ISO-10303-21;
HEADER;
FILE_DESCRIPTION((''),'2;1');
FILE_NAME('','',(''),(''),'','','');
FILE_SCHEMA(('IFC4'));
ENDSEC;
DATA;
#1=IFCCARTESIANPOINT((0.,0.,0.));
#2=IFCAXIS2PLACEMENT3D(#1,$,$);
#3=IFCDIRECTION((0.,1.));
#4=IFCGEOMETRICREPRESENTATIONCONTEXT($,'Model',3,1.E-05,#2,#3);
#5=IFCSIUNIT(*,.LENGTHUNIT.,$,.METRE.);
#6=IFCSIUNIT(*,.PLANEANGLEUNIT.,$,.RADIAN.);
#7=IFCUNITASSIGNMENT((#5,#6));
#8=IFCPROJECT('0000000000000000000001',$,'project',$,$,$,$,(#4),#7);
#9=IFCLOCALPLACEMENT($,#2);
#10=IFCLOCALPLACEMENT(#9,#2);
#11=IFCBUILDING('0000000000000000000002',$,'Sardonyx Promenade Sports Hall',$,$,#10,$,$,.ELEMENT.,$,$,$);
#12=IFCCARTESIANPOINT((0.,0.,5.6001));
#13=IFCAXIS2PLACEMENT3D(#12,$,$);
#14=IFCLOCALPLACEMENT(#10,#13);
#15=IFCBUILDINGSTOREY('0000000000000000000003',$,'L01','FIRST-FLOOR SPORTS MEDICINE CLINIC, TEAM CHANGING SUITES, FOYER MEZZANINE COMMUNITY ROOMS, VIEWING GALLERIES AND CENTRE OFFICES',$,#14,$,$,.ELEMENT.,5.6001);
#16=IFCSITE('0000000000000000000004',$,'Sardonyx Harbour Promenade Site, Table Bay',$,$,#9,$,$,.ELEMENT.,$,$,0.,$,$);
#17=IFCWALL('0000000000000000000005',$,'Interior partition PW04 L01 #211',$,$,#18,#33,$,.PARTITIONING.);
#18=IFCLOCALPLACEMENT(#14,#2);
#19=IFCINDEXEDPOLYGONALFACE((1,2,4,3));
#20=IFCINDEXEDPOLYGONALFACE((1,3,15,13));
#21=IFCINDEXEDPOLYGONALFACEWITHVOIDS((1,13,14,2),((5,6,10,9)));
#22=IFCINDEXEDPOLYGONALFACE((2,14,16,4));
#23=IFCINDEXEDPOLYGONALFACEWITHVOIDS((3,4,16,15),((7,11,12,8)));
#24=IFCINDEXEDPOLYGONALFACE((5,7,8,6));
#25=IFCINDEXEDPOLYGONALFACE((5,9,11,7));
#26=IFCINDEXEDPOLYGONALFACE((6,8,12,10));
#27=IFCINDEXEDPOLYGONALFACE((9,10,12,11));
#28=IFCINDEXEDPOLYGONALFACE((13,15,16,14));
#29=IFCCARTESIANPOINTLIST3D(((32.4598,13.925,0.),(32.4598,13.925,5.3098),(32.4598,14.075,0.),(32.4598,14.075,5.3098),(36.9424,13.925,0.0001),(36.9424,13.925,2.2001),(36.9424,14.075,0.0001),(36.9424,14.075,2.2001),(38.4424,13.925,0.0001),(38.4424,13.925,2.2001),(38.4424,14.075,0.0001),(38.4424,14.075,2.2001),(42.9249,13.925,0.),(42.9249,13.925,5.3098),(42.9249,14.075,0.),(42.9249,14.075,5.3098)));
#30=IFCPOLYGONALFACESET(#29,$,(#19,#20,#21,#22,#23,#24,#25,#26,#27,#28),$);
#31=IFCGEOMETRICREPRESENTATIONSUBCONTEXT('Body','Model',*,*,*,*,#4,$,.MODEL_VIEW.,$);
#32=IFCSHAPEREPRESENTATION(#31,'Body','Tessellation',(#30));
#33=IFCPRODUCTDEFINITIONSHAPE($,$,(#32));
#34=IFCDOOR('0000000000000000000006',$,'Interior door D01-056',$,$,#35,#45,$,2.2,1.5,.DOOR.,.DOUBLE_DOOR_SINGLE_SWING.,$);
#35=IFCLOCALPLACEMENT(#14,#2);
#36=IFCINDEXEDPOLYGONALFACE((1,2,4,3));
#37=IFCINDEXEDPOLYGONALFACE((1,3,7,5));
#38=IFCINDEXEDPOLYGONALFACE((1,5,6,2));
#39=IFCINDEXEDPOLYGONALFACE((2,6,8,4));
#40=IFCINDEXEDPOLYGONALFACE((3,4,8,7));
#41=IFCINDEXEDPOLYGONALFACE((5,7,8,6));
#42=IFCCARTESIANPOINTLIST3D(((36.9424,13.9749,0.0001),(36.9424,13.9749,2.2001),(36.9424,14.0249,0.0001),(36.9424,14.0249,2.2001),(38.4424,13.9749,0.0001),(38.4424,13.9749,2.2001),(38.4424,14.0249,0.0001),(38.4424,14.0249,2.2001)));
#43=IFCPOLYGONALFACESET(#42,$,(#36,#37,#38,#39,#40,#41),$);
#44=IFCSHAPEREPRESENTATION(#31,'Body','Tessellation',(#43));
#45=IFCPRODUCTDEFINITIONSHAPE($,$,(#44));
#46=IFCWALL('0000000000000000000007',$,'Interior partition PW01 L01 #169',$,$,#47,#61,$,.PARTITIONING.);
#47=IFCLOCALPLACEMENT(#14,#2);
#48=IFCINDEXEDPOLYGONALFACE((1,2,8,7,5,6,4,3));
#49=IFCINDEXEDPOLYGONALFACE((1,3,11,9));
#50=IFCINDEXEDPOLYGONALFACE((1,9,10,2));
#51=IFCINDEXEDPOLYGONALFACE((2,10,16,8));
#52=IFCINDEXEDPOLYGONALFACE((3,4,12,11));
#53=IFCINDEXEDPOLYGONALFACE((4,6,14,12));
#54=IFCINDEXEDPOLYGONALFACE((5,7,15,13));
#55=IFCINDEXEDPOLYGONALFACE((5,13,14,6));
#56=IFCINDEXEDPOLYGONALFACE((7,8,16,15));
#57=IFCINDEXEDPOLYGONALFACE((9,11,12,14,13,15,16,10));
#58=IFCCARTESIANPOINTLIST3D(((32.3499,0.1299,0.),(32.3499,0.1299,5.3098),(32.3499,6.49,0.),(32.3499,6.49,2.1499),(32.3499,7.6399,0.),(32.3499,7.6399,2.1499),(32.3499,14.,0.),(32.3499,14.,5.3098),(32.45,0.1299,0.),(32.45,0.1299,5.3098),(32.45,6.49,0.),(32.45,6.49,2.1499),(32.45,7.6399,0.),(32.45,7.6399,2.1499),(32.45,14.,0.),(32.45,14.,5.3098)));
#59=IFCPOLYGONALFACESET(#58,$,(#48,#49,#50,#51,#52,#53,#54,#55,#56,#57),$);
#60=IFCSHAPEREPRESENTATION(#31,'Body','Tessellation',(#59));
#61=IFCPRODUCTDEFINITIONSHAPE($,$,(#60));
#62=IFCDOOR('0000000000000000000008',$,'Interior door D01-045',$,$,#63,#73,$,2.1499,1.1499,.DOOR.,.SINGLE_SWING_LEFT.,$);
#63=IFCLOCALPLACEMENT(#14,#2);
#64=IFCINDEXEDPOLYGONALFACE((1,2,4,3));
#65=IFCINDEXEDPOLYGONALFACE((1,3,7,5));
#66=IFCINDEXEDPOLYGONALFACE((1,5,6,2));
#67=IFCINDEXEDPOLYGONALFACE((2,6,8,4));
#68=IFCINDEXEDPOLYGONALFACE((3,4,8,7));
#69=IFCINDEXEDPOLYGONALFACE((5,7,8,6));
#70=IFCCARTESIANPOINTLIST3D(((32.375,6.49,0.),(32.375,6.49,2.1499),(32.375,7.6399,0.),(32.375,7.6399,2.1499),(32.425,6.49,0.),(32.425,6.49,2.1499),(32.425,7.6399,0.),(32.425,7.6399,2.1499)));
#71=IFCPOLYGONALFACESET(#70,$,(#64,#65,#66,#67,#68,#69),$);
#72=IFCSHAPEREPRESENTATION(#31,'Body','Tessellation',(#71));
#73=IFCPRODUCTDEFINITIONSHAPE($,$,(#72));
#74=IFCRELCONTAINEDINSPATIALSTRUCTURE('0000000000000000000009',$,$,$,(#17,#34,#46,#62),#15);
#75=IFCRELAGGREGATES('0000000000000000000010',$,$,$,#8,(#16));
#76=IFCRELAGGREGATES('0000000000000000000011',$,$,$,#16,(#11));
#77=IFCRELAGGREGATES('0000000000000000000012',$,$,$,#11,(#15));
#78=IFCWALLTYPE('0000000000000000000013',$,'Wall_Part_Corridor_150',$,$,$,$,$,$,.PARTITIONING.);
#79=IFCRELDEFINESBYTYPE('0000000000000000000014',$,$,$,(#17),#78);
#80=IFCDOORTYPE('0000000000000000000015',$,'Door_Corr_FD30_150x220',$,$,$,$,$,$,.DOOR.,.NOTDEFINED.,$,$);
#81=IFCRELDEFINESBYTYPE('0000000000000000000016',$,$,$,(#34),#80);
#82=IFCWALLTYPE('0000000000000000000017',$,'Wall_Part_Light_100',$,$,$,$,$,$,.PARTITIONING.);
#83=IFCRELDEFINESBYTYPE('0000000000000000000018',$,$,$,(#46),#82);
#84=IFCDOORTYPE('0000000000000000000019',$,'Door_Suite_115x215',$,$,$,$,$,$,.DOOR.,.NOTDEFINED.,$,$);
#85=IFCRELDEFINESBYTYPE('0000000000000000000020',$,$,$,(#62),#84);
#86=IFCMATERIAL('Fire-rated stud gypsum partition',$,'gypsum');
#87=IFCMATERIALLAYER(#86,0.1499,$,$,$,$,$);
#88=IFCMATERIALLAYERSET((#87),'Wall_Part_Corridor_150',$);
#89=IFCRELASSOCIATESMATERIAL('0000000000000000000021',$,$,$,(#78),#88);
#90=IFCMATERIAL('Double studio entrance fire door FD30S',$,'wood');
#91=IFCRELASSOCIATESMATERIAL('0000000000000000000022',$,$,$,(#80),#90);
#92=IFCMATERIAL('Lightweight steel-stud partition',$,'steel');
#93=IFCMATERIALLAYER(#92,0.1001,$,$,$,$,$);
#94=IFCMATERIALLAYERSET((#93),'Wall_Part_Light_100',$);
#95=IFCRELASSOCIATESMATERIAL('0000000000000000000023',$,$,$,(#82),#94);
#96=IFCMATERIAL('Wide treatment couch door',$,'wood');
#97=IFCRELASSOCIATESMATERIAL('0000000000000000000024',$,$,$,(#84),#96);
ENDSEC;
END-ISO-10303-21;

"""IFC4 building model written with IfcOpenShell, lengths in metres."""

from ifc_helpers import new_model, si_unit, direction, frame, frame_2d, origin, place, context, subcontext, project, spatial, rectangle, extrude, material, layer, layer_set, type_object, element, fill, save


model = new_model("IFC4")

# Units and contexts
model_context = context("Model", 3, precision=1e-05, world=origin(), true_north=direction((0.0, 1.0)))
body_context = subcontext(model_context, "Body", "Model", "MODEL_VIEW")
ifc_project = project(units=[si_unit("LENGTHUNIT", "METRE"), si_unit("PLANEANGLEUNIT", "RADIAN")], contexts=[model_context])

# Site, building, storey
site_placement = place(None, origin())
site = spatial("IfcSite", under=ifc_project, at=site_placement, Name="Sardonyx Harbour Promenade Site, Table Bay", CompositionType="ELEMENT", RefElevation=0.0)
building_placement = place(site_placement, origin())
building = spatial("IfcBuilding", under=site, at=building_placement, Name="Sardonyx Promenade Sports Hall", CompositionType="ELEMENT")
storey_placement = place(building_placement, frame((0.0, 0.0, 5.6001)))
storey = spatial("IfcBuildingStorey", under=building, at=storey_placement, Name="L01", Description="FIRST-FLOOR SPORTS MEDICINE CLINIC, TEAM CHANGING SUITES, FOYER MEZZANINE COMMUNITY ROOMS, VIEWING GALLERIES AND CENTRE OFFICES", CompositionType="ELEMENT", Elevation=5.6001)

# Shared definitions
ifc_material_1 = material(Name="Fire-rated stud gypsum partition", Category="gypsum")
ifc_layer_1 = layer(ifc_material_1, 0.1499)
ifc_layer_set_1 = layer_set([ifc_layer_1], Name="Wall_Part_Corridor_150")
wall_type_1 = type_object("IfcWallType", Name="Wall_Part_Corridor_150", PredefinedType="PARTITIONING", material=ifc_layer_set_1)

# Walls, openings, doors
ifc_material_2 = material(Name="Double studio entrance fire door FD30S", Category="wood")
door_type_1 = type_object("IfcDoorType", Name="Door_Corr_FD30_150x220", OperationType="NOTDEFINED", PredefinedType="DOOR", material=ifc_material_2)
wall_1_placement = place(storey_placement, frame((32.46, 14.0, 0.0), z_axis=(0.0, 0.0, 1.0), x_axis=(1.0, 0.0, 0.0)))
wall_1 = element("IfcWall", 1, at=wall_1_placement, inside=storey, type_object=wall_type_1, Name="Interior partition PW04 L01 #211", PredefinedType="PARTITIONING", context=body_context, shape_type="SweptSolid", body=[
    extrude(rectangle(XDim=10.4651, YDim=0.1499, at=frame_2d((5.2324, 0.0))), origin(), (0.0, 0.0, 1.0), 5.3098),
])
opening_1_placement = place(wall_1_placement, frame((4.4824, 0.0, 0.0)))
opening_1 = element("IfcOpeningElement", 2, at=opening_1_placement, cuts=wall_1, PredefinedType="OPENING", context=body_context, shape_type="SweptSolid", body=[
    extrude(rectangle(XDim=1.5, YDim=2.2, at=frame_2d((0.75, 1.1001))), frame((0.0, 0.085, 0.0), z_axis=(0.0, -1.0, 0.0), x_axis=(1.0, 0.0, 0.0)), (0.0, 0.0, 1.0), 0.17),
])
door_1_placement = place(opening_1_placement, origin())
door_1 = element("IfcDoor", 3, at=door_1_placement, inside=storey, type_object=door_type_1, Name="Interior door D01-056", OperationType="DOUBLE_DOOR_SINGLE_SWING", OverallHeight=2.2, OverallWidth=1.5, PredefinedType="DOOR", context=body_context, shape_type="SweptSolid", body=[
    extrude(rectangle(XDim=1.5, YDim=2.2, at=frame_2d((0.75, 1.1001))), frame((0.0, 0.0249, 0.0), z_axis=(0.0, -1.0, 0.0), x_axis=(1.0, 0.0, 0.0)), (0.0, 0.0, 1.0), 0.05),
])
fill(opening_1, door_1)
ifc_material_3 = material(Name="Lightweight steel-stud partition", Category="steel")
ifc_layer_2 = layer(ifc_material_3, 0.1001)
ifc_layer_set_2 = layer_set([ifc_layer_2], Name="Wall_Part_Light_100")
wall_type_2 = type_object("IfcWallType", Name="Wall_Part_Light_100", PredefinedType="PARTITIONING", material=ifc_layer_set_2)
wall_2_placement = place(storey_placement, frame((32.3999, 0.1299, 0.0), z_axis=(0.0, 0.0, 1.0), x_axis=(0.0, 1.0, 0.0)))
wall_2 = element("IfcWall", 4, at=wall_2_placement, inside=storey, type_object=wall_type_2, Name="Interior partition PW01 L01 #169", PredefinedType="PARTITIONING", context=body_context, shape_type="SweptSolid", body=[
    extrude(rectangle(XDim=13.8701, YDim=0.1001, at=frame_2d((6.9351, 0.0))), origin(), (0.0, 0.0, 1.0), 5.3098),
])
opening_2_placement = place(wall_2_placement, frame((6.3601, 0.0, 0.0)))
opening_2 = element("IfcOpeningElement", 5, at=opening_2_placement, cuts=wall_2, PredefinedType="OPENING", context=body_context, shape_type="SweptSolid", body=[
    extrude(rectangle(XDim=1.1499, YDim=2.1499, at=frame_2d((0.575, 1.075))), frame((0.0, 0.06, 0.0), z_axis=(0.0, -1.0, 0.0), x_axis=(1.0, 0.0, 0.0)), (0.0, 0.0, 1.0), 0.12),
])
ifc_material_4 = material(Name="Wide treatment couch door", Category="wood")
door_type_2 = type_object("IfcDoorType", Name="Door_Suite_115x215", OperationType="NOTDEFINED", PredefinedType="DOOR", material=ifc_material_4)
door_2_placement = place(opening_2_placement, origin())
door_2 = element("IfcDoor", 6, at=door_2_placement, inside=storey, type_object=door_type_2, Name="Interior door D01-045", OperationType="SINGLE_SWING_LEFT", OverallHeight=2.1499, OverallWidth=1.1499, PredefinedType="DOOR", context=body_context, shape_type="SweptSolid", body=[
    extrude(rectangle(XDim=1.1499, YDim=2.1499, at=frame_2d((0.575, 1.075))), frame((0.0, 0.0249, 0.0), z_axis=(0.0, -1.0, 0.0), x_axis=(1.0, 0.0, 0.0)), (0.0, 0.0, 1.0), 0.05),
])
fill(opening_2, door_2)

save(model, "model.ifc")
